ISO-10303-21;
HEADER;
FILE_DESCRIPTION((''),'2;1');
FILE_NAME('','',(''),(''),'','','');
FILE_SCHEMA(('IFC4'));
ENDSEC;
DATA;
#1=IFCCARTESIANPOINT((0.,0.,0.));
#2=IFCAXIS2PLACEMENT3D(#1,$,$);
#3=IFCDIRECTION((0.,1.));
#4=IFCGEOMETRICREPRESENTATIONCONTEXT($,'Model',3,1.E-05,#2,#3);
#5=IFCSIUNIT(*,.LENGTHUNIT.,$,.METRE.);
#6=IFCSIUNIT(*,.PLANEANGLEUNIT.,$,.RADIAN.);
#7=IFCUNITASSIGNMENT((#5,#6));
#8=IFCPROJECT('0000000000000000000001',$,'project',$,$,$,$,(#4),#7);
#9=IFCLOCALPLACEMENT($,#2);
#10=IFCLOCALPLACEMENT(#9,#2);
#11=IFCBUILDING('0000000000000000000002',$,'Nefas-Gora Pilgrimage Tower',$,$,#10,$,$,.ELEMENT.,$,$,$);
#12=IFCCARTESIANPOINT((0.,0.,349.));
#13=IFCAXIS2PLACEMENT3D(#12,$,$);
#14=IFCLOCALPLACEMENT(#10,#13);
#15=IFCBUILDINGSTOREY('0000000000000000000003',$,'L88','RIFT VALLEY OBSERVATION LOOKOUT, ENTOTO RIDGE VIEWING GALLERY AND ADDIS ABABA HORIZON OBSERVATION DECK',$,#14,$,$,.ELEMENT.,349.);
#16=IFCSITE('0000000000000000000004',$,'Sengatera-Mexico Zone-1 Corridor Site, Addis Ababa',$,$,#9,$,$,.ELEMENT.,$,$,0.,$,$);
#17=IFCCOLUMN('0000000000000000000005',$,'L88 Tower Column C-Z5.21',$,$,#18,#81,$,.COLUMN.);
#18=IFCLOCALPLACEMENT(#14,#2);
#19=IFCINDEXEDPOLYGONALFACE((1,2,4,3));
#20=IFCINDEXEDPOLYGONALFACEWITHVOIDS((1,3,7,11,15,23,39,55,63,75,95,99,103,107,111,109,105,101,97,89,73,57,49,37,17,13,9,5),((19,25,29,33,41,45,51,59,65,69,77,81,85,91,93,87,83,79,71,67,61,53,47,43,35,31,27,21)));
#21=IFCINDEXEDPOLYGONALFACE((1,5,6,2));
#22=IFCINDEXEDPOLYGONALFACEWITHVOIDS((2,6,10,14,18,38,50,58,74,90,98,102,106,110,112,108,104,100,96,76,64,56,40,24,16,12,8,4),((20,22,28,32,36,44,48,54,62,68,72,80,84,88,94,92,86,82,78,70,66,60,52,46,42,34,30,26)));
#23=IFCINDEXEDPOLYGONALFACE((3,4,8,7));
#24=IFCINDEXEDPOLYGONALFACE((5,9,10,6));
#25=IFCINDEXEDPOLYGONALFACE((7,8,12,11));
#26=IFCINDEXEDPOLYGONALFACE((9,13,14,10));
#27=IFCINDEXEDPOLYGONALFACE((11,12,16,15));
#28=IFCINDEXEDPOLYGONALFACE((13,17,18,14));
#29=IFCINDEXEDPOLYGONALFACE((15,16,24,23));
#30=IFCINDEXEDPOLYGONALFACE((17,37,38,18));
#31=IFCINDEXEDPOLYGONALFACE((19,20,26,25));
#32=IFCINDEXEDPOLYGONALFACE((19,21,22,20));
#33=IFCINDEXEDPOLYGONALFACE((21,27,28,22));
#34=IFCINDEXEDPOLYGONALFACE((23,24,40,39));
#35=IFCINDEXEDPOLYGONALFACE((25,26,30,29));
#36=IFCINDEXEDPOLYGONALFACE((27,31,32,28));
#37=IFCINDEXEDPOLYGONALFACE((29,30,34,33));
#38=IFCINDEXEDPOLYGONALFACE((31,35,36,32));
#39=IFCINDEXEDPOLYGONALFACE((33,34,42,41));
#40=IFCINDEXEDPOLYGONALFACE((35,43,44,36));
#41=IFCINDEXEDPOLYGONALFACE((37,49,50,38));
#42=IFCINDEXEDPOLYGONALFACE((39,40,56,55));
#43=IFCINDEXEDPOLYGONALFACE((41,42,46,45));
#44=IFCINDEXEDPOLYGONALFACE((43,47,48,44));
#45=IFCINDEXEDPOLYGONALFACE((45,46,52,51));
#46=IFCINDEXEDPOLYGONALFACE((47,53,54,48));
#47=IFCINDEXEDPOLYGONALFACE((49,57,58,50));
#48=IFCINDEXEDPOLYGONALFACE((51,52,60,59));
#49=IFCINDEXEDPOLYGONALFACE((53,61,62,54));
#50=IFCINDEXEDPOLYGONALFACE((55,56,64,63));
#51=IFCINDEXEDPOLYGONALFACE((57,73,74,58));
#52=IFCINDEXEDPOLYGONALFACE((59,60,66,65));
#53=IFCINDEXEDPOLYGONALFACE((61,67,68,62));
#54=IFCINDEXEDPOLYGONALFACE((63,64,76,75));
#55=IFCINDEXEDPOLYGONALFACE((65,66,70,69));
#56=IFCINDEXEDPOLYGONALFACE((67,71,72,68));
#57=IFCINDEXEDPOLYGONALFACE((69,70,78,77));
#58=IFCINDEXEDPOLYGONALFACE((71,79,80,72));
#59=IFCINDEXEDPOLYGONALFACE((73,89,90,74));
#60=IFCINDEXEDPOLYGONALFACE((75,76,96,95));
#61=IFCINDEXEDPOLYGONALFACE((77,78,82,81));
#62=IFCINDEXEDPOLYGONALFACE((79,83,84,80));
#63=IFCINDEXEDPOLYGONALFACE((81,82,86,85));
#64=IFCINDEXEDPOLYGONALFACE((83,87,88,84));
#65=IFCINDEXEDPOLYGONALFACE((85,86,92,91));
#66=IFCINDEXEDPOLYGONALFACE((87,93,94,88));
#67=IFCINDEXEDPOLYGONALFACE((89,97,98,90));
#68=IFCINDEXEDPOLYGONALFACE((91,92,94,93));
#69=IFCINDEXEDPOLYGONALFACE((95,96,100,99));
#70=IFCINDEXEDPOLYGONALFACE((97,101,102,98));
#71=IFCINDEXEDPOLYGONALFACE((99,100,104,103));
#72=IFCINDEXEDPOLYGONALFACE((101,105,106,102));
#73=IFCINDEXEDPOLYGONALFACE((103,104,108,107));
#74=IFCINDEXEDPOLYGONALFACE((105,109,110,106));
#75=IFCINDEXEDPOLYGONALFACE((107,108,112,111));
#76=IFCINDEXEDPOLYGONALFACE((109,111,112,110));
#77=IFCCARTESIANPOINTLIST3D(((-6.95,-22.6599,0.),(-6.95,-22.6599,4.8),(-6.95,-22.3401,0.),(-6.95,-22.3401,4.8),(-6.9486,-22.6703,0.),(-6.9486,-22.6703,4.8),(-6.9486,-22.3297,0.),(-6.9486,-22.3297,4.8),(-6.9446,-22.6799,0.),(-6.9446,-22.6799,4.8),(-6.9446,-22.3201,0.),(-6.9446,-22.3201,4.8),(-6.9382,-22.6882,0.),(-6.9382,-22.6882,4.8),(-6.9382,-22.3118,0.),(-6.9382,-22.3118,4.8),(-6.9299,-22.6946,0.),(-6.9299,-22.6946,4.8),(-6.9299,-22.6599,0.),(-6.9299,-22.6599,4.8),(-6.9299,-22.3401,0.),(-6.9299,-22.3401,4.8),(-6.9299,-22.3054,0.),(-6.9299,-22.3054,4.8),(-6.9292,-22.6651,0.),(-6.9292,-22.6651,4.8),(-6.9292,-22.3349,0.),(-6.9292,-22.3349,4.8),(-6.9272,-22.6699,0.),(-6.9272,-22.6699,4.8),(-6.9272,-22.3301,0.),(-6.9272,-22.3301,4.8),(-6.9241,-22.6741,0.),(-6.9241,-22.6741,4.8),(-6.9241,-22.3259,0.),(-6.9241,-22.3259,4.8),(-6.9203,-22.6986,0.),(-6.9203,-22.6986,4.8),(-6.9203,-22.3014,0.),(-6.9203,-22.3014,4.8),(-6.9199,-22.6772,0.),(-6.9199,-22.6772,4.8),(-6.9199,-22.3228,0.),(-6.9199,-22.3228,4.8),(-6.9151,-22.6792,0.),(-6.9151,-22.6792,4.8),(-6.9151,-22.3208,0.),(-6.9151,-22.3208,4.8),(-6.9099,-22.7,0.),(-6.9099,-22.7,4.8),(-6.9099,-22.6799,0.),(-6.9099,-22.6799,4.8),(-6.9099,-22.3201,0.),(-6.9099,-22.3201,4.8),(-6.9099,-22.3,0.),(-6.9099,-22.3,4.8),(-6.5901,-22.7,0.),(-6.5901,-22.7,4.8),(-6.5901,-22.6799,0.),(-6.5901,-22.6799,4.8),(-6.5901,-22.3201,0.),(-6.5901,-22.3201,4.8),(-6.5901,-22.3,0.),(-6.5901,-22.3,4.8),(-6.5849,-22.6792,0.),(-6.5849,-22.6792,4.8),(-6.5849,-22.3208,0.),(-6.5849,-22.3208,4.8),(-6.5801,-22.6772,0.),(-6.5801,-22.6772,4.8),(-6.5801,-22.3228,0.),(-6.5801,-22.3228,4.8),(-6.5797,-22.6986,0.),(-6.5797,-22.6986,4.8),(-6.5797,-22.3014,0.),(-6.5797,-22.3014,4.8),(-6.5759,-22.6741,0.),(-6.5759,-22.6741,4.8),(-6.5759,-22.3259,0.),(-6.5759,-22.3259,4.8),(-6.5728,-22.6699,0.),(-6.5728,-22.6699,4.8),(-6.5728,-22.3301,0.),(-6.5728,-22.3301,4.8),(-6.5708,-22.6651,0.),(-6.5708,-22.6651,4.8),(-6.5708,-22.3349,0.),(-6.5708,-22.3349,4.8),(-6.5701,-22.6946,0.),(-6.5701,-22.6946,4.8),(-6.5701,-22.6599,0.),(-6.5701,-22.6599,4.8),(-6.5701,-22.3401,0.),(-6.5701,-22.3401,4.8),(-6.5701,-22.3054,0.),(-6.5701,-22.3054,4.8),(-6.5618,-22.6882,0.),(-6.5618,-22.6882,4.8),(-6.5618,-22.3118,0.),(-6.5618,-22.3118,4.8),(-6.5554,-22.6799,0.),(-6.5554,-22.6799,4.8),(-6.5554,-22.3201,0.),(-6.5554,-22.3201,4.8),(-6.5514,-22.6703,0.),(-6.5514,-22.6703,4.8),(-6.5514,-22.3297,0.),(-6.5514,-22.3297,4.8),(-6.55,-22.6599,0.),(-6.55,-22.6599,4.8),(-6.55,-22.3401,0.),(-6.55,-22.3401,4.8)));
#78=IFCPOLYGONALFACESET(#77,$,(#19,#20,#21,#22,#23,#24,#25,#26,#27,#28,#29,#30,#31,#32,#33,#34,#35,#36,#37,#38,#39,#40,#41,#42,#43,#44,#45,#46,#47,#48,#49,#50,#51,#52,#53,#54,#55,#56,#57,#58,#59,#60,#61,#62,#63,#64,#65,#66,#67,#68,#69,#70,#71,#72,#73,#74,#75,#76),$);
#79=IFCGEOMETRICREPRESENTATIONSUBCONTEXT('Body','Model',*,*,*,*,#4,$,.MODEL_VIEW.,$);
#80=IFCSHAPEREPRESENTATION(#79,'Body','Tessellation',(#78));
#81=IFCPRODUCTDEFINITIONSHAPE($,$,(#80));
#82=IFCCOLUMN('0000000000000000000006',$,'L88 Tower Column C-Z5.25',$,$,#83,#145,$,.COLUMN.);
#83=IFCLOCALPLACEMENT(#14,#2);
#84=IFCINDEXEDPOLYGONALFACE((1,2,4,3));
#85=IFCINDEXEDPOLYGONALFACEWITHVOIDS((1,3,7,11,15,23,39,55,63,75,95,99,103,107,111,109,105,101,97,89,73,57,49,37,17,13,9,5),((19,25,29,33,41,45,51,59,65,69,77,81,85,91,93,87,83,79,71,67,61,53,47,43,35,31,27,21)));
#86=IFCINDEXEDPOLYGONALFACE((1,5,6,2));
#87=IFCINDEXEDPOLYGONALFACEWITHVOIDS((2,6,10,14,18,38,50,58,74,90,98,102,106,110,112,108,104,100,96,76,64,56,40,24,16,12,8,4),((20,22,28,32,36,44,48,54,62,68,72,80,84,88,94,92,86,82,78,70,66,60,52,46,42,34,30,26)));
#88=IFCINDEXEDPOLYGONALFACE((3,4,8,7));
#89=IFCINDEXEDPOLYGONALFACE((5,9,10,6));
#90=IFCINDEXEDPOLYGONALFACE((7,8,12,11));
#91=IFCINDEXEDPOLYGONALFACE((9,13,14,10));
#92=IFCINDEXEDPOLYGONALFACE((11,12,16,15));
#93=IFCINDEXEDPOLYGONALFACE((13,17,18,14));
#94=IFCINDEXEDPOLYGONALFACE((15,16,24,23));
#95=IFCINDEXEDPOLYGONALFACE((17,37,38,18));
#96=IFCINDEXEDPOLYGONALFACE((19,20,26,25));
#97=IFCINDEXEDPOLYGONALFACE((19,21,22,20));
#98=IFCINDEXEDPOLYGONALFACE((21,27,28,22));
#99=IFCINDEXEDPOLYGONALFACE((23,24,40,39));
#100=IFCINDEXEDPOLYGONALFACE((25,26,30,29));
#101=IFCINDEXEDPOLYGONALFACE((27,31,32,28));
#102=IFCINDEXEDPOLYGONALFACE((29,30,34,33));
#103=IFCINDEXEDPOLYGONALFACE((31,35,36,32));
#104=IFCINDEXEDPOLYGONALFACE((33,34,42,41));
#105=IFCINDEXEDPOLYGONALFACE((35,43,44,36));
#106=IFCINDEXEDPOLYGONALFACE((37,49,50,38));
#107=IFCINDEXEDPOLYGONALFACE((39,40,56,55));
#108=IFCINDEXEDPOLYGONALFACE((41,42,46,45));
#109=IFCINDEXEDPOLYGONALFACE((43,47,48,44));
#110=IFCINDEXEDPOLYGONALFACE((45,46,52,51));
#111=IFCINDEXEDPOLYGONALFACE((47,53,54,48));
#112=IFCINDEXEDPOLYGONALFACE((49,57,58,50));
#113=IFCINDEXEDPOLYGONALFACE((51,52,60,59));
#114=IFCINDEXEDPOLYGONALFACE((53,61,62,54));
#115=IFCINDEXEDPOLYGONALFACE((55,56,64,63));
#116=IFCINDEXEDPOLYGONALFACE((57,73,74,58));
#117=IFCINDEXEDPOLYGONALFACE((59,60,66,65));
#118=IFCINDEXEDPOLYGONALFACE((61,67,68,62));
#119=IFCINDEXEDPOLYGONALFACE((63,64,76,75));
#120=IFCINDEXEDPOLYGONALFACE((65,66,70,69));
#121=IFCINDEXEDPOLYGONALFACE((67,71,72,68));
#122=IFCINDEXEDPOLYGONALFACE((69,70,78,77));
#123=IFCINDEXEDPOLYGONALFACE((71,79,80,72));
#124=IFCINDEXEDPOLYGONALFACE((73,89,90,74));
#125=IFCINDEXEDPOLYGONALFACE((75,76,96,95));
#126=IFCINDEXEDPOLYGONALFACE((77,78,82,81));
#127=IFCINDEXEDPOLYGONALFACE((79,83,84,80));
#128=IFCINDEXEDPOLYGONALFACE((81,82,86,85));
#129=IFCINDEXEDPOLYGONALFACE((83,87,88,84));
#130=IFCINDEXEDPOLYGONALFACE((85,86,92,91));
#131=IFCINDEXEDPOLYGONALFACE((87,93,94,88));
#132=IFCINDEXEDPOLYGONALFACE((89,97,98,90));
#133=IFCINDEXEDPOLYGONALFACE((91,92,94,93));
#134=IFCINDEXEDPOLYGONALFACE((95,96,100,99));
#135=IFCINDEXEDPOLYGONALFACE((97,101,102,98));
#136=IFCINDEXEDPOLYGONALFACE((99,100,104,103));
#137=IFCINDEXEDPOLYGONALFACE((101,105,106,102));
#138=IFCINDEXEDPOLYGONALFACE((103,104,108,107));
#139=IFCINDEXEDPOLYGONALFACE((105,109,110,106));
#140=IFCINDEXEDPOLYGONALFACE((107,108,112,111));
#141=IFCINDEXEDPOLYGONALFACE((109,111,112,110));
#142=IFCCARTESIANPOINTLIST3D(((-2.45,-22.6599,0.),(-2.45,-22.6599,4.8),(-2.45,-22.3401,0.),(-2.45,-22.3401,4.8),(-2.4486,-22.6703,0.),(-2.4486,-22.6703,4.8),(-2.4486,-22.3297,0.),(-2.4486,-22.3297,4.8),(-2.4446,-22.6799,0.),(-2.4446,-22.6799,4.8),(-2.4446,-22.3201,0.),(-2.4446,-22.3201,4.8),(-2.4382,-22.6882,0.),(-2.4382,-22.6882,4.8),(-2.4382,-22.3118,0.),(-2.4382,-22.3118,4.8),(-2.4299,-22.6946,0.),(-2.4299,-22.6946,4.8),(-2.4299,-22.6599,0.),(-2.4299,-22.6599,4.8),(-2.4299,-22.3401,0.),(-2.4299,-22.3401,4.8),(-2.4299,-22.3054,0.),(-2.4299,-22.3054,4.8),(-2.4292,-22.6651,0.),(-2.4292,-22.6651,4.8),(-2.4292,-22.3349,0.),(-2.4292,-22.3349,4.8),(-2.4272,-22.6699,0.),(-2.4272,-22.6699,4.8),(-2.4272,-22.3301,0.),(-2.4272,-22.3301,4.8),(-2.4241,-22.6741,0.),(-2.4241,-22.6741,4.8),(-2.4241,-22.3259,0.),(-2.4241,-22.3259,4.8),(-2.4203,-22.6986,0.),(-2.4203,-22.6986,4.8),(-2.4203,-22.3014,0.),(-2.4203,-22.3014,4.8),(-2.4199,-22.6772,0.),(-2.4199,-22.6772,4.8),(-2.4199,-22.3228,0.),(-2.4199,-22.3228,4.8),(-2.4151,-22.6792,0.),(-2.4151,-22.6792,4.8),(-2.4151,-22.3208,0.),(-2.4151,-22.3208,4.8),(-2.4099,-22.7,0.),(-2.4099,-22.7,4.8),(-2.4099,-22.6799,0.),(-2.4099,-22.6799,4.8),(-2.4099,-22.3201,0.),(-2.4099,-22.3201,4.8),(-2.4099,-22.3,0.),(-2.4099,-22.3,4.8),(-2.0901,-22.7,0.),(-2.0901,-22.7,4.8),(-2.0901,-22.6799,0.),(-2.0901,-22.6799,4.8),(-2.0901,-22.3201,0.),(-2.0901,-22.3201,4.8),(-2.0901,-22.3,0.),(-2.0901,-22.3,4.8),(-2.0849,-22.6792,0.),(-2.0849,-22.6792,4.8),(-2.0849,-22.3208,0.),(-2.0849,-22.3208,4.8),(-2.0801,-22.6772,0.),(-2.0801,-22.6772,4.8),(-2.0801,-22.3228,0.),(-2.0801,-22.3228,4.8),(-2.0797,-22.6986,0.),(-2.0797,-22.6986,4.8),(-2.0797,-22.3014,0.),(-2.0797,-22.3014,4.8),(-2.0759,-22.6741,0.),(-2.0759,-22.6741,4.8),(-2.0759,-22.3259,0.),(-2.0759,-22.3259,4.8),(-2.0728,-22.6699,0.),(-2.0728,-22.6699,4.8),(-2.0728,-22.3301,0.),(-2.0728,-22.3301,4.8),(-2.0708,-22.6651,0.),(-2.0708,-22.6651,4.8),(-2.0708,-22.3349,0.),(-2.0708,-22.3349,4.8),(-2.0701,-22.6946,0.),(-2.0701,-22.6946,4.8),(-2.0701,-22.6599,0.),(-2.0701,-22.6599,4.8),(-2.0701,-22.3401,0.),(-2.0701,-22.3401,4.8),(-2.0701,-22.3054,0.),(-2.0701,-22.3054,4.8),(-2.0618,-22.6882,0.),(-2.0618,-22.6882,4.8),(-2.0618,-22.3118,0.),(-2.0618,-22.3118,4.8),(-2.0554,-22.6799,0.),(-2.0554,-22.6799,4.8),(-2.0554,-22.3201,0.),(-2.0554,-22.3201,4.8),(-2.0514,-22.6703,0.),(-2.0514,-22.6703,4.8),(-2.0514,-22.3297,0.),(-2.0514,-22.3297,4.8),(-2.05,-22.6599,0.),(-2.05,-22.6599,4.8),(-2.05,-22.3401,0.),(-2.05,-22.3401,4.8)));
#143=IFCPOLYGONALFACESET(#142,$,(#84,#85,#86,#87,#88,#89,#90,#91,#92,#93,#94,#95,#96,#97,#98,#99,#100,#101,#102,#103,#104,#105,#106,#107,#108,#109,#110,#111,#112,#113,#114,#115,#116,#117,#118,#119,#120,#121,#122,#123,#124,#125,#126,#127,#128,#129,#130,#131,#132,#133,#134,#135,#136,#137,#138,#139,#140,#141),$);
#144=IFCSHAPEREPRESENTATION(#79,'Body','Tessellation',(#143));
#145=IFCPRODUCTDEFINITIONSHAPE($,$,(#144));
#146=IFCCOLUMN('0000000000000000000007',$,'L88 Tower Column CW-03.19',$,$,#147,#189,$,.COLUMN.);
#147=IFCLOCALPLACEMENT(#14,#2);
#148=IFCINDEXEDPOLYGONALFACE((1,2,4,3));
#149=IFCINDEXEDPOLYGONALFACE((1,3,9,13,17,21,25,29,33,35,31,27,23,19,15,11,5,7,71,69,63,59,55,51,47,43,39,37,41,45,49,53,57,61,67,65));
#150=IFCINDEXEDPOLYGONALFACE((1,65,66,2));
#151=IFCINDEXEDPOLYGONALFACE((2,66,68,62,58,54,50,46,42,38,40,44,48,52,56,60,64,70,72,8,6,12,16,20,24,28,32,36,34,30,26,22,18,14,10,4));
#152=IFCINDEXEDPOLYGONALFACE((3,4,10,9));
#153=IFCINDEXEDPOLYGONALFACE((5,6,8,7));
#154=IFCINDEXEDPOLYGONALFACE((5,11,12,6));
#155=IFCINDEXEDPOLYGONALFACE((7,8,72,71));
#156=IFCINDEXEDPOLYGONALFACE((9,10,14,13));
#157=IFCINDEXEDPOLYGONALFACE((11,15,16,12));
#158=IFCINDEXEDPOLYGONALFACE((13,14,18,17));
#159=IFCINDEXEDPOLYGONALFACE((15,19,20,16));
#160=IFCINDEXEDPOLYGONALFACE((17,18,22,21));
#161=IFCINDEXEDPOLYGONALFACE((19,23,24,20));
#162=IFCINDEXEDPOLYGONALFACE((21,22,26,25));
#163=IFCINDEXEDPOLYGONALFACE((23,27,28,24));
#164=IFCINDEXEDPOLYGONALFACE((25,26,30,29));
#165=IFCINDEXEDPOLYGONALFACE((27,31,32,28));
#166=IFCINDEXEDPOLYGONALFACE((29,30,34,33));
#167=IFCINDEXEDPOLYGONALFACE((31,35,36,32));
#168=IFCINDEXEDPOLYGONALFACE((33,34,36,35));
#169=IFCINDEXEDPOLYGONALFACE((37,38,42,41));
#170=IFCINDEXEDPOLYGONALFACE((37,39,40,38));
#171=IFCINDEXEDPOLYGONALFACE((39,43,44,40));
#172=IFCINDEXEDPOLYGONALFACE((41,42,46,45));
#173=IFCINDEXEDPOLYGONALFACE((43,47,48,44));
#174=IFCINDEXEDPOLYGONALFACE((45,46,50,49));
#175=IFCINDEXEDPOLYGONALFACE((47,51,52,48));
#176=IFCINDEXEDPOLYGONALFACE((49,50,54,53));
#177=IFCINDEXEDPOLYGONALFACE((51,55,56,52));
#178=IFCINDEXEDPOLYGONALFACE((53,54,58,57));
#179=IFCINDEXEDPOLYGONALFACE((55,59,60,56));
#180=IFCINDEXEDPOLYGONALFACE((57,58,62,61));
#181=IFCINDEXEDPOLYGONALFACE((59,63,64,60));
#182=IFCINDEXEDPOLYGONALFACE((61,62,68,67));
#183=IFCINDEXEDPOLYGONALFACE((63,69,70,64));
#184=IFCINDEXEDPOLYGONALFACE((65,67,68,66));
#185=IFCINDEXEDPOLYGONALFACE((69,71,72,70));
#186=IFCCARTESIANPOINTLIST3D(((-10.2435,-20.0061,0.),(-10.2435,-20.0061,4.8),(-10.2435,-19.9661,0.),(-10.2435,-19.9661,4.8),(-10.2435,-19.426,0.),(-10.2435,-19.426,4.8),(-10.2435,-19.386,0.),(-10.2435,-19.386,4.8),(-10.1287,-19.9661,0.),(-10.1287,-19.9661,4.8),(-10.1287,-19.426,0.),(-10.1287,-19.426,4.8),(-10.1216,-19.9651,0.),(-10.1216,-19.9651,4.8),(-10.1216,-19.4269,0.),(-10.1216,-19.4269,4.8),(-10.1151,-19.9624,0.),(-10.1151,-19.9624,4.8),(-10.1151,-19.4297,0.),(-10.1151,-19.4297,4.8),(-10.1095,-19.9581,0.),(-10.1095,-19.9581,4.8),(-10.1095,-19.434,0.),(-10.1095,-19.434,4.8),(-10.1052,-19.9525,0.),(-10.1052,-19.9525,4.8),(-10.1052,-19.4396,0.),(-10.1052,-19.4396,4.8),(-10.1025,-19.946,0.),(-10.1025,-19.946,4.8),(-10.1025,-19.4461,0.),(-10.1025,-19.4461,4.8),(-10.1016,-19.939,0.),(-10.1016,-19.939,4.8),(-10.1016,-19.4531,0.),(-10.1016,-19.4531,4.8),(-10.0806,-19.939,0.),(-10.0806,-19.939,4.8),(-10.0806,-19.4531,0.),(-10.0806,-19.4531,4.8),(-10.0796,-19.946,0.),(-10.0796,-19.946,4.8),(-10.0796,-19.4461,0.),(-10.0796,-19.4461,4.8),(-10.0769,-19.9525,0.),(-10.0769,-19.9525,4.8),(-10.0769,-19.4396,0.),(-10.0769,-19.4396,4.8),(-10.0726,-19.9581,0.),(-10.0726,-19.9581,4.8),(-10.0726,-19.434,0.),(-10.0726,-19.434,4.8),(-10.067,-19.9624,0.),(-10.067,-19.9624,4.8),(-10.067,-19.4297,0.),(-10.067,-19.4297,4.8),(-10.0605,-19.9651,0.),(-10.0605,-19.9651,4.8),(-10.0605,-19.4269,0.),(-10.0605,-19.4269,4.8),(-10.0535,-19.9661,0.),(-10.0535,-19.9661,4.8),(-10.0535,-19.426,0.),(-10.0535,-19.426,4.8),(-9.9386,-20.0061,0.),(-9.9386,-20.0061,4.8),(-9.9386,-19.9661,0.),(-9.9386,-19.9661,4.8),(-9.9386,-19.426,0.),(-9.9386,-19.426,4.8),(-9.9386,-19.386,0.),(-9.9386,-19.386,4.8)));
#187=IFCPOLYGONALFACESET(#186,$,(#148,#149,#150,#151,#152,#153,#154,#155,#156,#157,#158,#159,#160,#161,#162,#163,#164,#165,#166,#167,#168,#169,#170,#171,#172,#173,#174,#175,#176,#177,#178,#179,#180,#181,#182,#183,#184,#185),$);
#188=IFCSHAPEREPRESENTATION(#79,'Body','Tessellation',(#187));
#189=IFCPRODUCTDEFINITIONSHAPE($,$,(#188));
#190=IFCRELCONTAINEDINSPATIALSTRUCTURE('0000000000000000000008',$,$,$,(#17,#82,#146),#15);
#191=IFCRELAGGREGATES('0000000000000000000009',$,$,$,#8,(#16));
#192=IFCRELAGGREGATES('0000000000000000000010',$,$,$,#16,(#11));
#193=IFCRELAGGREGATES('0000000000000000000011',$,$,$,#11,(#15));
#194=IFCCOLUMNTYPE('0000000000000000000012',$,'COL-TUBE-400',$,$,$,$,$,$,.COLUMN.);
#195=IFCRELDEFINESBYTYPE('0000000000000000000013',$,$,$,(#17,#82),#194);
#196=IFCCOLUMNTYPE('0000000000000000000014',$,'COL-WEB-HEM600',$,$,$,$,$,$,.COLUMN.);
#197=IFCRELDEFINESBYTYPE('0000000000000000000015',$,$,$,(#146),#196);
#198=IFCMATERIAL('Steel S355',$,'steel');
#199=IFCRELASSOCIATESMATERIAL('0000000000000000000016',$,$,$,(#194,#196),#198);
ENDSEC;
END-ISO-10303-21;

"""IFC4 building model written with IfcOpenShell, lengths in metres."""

from ifc_helpers import new_model, si_unit, direction, frame, origin, origin_2d, place, context, subcontext, project, spatial, hollow_rectangle, i_section, extrude, source, transform, mapped, material, material_profile, profile_set, type_object, element, save


model = new_model("IFC4")

# Units and contexts
model_context = context("Model", 3, precision=1e-05, world=origin(), true_north=direction((0.0, 1.0)))
body_context = subcontext(model_context, "Body", "Model", "MODEL_VIEW")
ifc_project = project(units=[si_unit("LENGTHUNIT", "METRE"), si_unit("PLANEANGLEUNIT", "RADIAN")], contexts=[model_context])

# Site, building, storey
site_placement = place(None, origin())
site = spatial("IfcSite", under=ifc_project, at=site_placement, Name="Sengatera-Mexico Zone-1 Corridor Site, Addis Ababa", CompositionType="ELEMENT", RefElevation=0.0)
building_placement = place(site_placement, origin())
building = spatial("IfcBuilding", under=site, at=building_placement, Name="Nefas-Gora Pilgrimage Tower", CompositionType="ELEMENT")
storey_placement = place(building_placement, frame((0.0, 0.0, 349.0)))
storey = spatial("IfcBuildingStorey", under=building, at=storey_placement, Name="L88", Description="RIFT VALLEY OBSERVATION LOOKOUT, ENTOTO RIDGE VIEWING GALLERY AND ADDIS ABABA HORIZON OBSERVATION DECK", CompositionType="ELEMENT", Elevation=349.0)

# Columns
ifc_material_1 = material(Name="Steel S355", Category="steel")
ifc_material_profile_1 = material_profile(ifc_material_1, hollow_rectangle(XDim=0.3999, YDim=0.3999, WallThickness=0.02, InnerFilletRadius=0.02, OuterFilletRadius=0.04, at=origin_2d()), Name="SHS 400x400x20")
ifc_profile_set_1 = profile_set([ifc_material_profile_1], Name="Steel S355")
column_type_1 = type_object("IfcColumnType", Name="COL-TUBE-400", PredefinedType="COLUMN", material=ifc_profile_set_1)
shared_shape_1 = source(origin(), body_context, "Body", "SweptSolid", [
    extrude(hollow_rectangle(XDim=0.3999, YDim=0.3999, WallThickness=0.02, InnerFilletRadius=0.02, OuterFilletRadius=0.04, at=origin_2d()), origin(), (0.0, 0.0, 1.0), 4.8),
])
for number, where, z_axis, x_axis, name in (
    (1, (-6.75, -22.5, 0.0), (0.0, 0.0, 1.0), (1.0, 0.0, 0.0), "L88 Tower Column C-Z5.21"),
    (2, (-2.25, -22.5, 0.0), (0.0, 0.0, 1.0), (1.0, 0.0, 0.0), "L88 Tower Column C-Z5.25"),
):
    element("IfcColumn", number, at=place(storey_placement, frame(where, z_axis=z_axis, x_axis=x_axis)), inside=storey, type_object=column_type_1, Name=name, PredefinedType="COLUMN", context=body_context, shape_type="MappedRepresentation", body=[
        mapped(shared_shape_1, transform((0.0, 0.0, 0.0), x_axis=(1.0, 0.0, 0.0), y_axis=(0.0, 1.0, 0.0), z_axis=(0.0, 0.0, 1.0), scale=1.0)),
    ])
ifc_material_profile_2 = material_profile(ifc_material_1, i_section(OverallWidth=0.3049, OverallDepth=0.6201, WebThickness=0.021, FlangeThickness=0.04, FilletRadius=0.0271, at=origin_2d()), Name="HEM 600")
ifc_profile_set_2 = profile_set([ifc_material_profile_2], Name="Steel S355")
column_type_2 = type_object("IfcColumnType", Name="COL-WEB-HEM600", PredefinedType="COLUMN", material=ifc_profile_set_2)
shared_shape_2 = source(origin(), body_context, "Body", "SweptSolid", [
    extrude(i_section(OverallWidth=0.3049, OverallDepth=0.6201, WebThickness=0.021, FlangeThickness=0.04, FilletRadius=0.0271, at=origin_2d()), origin(), (0.0, 0.0, 1.0), 4.8),
])
for number, where, z_axis, x_axis, name in (
    (3, (-10.0911, -19.696, 0.0), (0.0, 0.0, 1.0), (1.0, 0.0, 0.0), "L88 Tower Column CW-03.19"),
):
    element("IfcColumn", number, at=place(storey_placement, frame(where, z_axis=z_axis, x_axis=x_axis)), inside=storey, type_object=column_type_2, Name=name, PredefinedType="COLUMN", context=body_context, shape_type="MappedRepresentation", body=[
        mapped(shared_shape_2, transform((0.0, 0.0, 0.0), x_axis=(1.0, 0.0, 0.0), y_axis=(0.0, 1.0, 0.0), z_axis=(0.0, 0.0, 1.0), scale=1.0)),
    ])

save(model, "model.ifc")
